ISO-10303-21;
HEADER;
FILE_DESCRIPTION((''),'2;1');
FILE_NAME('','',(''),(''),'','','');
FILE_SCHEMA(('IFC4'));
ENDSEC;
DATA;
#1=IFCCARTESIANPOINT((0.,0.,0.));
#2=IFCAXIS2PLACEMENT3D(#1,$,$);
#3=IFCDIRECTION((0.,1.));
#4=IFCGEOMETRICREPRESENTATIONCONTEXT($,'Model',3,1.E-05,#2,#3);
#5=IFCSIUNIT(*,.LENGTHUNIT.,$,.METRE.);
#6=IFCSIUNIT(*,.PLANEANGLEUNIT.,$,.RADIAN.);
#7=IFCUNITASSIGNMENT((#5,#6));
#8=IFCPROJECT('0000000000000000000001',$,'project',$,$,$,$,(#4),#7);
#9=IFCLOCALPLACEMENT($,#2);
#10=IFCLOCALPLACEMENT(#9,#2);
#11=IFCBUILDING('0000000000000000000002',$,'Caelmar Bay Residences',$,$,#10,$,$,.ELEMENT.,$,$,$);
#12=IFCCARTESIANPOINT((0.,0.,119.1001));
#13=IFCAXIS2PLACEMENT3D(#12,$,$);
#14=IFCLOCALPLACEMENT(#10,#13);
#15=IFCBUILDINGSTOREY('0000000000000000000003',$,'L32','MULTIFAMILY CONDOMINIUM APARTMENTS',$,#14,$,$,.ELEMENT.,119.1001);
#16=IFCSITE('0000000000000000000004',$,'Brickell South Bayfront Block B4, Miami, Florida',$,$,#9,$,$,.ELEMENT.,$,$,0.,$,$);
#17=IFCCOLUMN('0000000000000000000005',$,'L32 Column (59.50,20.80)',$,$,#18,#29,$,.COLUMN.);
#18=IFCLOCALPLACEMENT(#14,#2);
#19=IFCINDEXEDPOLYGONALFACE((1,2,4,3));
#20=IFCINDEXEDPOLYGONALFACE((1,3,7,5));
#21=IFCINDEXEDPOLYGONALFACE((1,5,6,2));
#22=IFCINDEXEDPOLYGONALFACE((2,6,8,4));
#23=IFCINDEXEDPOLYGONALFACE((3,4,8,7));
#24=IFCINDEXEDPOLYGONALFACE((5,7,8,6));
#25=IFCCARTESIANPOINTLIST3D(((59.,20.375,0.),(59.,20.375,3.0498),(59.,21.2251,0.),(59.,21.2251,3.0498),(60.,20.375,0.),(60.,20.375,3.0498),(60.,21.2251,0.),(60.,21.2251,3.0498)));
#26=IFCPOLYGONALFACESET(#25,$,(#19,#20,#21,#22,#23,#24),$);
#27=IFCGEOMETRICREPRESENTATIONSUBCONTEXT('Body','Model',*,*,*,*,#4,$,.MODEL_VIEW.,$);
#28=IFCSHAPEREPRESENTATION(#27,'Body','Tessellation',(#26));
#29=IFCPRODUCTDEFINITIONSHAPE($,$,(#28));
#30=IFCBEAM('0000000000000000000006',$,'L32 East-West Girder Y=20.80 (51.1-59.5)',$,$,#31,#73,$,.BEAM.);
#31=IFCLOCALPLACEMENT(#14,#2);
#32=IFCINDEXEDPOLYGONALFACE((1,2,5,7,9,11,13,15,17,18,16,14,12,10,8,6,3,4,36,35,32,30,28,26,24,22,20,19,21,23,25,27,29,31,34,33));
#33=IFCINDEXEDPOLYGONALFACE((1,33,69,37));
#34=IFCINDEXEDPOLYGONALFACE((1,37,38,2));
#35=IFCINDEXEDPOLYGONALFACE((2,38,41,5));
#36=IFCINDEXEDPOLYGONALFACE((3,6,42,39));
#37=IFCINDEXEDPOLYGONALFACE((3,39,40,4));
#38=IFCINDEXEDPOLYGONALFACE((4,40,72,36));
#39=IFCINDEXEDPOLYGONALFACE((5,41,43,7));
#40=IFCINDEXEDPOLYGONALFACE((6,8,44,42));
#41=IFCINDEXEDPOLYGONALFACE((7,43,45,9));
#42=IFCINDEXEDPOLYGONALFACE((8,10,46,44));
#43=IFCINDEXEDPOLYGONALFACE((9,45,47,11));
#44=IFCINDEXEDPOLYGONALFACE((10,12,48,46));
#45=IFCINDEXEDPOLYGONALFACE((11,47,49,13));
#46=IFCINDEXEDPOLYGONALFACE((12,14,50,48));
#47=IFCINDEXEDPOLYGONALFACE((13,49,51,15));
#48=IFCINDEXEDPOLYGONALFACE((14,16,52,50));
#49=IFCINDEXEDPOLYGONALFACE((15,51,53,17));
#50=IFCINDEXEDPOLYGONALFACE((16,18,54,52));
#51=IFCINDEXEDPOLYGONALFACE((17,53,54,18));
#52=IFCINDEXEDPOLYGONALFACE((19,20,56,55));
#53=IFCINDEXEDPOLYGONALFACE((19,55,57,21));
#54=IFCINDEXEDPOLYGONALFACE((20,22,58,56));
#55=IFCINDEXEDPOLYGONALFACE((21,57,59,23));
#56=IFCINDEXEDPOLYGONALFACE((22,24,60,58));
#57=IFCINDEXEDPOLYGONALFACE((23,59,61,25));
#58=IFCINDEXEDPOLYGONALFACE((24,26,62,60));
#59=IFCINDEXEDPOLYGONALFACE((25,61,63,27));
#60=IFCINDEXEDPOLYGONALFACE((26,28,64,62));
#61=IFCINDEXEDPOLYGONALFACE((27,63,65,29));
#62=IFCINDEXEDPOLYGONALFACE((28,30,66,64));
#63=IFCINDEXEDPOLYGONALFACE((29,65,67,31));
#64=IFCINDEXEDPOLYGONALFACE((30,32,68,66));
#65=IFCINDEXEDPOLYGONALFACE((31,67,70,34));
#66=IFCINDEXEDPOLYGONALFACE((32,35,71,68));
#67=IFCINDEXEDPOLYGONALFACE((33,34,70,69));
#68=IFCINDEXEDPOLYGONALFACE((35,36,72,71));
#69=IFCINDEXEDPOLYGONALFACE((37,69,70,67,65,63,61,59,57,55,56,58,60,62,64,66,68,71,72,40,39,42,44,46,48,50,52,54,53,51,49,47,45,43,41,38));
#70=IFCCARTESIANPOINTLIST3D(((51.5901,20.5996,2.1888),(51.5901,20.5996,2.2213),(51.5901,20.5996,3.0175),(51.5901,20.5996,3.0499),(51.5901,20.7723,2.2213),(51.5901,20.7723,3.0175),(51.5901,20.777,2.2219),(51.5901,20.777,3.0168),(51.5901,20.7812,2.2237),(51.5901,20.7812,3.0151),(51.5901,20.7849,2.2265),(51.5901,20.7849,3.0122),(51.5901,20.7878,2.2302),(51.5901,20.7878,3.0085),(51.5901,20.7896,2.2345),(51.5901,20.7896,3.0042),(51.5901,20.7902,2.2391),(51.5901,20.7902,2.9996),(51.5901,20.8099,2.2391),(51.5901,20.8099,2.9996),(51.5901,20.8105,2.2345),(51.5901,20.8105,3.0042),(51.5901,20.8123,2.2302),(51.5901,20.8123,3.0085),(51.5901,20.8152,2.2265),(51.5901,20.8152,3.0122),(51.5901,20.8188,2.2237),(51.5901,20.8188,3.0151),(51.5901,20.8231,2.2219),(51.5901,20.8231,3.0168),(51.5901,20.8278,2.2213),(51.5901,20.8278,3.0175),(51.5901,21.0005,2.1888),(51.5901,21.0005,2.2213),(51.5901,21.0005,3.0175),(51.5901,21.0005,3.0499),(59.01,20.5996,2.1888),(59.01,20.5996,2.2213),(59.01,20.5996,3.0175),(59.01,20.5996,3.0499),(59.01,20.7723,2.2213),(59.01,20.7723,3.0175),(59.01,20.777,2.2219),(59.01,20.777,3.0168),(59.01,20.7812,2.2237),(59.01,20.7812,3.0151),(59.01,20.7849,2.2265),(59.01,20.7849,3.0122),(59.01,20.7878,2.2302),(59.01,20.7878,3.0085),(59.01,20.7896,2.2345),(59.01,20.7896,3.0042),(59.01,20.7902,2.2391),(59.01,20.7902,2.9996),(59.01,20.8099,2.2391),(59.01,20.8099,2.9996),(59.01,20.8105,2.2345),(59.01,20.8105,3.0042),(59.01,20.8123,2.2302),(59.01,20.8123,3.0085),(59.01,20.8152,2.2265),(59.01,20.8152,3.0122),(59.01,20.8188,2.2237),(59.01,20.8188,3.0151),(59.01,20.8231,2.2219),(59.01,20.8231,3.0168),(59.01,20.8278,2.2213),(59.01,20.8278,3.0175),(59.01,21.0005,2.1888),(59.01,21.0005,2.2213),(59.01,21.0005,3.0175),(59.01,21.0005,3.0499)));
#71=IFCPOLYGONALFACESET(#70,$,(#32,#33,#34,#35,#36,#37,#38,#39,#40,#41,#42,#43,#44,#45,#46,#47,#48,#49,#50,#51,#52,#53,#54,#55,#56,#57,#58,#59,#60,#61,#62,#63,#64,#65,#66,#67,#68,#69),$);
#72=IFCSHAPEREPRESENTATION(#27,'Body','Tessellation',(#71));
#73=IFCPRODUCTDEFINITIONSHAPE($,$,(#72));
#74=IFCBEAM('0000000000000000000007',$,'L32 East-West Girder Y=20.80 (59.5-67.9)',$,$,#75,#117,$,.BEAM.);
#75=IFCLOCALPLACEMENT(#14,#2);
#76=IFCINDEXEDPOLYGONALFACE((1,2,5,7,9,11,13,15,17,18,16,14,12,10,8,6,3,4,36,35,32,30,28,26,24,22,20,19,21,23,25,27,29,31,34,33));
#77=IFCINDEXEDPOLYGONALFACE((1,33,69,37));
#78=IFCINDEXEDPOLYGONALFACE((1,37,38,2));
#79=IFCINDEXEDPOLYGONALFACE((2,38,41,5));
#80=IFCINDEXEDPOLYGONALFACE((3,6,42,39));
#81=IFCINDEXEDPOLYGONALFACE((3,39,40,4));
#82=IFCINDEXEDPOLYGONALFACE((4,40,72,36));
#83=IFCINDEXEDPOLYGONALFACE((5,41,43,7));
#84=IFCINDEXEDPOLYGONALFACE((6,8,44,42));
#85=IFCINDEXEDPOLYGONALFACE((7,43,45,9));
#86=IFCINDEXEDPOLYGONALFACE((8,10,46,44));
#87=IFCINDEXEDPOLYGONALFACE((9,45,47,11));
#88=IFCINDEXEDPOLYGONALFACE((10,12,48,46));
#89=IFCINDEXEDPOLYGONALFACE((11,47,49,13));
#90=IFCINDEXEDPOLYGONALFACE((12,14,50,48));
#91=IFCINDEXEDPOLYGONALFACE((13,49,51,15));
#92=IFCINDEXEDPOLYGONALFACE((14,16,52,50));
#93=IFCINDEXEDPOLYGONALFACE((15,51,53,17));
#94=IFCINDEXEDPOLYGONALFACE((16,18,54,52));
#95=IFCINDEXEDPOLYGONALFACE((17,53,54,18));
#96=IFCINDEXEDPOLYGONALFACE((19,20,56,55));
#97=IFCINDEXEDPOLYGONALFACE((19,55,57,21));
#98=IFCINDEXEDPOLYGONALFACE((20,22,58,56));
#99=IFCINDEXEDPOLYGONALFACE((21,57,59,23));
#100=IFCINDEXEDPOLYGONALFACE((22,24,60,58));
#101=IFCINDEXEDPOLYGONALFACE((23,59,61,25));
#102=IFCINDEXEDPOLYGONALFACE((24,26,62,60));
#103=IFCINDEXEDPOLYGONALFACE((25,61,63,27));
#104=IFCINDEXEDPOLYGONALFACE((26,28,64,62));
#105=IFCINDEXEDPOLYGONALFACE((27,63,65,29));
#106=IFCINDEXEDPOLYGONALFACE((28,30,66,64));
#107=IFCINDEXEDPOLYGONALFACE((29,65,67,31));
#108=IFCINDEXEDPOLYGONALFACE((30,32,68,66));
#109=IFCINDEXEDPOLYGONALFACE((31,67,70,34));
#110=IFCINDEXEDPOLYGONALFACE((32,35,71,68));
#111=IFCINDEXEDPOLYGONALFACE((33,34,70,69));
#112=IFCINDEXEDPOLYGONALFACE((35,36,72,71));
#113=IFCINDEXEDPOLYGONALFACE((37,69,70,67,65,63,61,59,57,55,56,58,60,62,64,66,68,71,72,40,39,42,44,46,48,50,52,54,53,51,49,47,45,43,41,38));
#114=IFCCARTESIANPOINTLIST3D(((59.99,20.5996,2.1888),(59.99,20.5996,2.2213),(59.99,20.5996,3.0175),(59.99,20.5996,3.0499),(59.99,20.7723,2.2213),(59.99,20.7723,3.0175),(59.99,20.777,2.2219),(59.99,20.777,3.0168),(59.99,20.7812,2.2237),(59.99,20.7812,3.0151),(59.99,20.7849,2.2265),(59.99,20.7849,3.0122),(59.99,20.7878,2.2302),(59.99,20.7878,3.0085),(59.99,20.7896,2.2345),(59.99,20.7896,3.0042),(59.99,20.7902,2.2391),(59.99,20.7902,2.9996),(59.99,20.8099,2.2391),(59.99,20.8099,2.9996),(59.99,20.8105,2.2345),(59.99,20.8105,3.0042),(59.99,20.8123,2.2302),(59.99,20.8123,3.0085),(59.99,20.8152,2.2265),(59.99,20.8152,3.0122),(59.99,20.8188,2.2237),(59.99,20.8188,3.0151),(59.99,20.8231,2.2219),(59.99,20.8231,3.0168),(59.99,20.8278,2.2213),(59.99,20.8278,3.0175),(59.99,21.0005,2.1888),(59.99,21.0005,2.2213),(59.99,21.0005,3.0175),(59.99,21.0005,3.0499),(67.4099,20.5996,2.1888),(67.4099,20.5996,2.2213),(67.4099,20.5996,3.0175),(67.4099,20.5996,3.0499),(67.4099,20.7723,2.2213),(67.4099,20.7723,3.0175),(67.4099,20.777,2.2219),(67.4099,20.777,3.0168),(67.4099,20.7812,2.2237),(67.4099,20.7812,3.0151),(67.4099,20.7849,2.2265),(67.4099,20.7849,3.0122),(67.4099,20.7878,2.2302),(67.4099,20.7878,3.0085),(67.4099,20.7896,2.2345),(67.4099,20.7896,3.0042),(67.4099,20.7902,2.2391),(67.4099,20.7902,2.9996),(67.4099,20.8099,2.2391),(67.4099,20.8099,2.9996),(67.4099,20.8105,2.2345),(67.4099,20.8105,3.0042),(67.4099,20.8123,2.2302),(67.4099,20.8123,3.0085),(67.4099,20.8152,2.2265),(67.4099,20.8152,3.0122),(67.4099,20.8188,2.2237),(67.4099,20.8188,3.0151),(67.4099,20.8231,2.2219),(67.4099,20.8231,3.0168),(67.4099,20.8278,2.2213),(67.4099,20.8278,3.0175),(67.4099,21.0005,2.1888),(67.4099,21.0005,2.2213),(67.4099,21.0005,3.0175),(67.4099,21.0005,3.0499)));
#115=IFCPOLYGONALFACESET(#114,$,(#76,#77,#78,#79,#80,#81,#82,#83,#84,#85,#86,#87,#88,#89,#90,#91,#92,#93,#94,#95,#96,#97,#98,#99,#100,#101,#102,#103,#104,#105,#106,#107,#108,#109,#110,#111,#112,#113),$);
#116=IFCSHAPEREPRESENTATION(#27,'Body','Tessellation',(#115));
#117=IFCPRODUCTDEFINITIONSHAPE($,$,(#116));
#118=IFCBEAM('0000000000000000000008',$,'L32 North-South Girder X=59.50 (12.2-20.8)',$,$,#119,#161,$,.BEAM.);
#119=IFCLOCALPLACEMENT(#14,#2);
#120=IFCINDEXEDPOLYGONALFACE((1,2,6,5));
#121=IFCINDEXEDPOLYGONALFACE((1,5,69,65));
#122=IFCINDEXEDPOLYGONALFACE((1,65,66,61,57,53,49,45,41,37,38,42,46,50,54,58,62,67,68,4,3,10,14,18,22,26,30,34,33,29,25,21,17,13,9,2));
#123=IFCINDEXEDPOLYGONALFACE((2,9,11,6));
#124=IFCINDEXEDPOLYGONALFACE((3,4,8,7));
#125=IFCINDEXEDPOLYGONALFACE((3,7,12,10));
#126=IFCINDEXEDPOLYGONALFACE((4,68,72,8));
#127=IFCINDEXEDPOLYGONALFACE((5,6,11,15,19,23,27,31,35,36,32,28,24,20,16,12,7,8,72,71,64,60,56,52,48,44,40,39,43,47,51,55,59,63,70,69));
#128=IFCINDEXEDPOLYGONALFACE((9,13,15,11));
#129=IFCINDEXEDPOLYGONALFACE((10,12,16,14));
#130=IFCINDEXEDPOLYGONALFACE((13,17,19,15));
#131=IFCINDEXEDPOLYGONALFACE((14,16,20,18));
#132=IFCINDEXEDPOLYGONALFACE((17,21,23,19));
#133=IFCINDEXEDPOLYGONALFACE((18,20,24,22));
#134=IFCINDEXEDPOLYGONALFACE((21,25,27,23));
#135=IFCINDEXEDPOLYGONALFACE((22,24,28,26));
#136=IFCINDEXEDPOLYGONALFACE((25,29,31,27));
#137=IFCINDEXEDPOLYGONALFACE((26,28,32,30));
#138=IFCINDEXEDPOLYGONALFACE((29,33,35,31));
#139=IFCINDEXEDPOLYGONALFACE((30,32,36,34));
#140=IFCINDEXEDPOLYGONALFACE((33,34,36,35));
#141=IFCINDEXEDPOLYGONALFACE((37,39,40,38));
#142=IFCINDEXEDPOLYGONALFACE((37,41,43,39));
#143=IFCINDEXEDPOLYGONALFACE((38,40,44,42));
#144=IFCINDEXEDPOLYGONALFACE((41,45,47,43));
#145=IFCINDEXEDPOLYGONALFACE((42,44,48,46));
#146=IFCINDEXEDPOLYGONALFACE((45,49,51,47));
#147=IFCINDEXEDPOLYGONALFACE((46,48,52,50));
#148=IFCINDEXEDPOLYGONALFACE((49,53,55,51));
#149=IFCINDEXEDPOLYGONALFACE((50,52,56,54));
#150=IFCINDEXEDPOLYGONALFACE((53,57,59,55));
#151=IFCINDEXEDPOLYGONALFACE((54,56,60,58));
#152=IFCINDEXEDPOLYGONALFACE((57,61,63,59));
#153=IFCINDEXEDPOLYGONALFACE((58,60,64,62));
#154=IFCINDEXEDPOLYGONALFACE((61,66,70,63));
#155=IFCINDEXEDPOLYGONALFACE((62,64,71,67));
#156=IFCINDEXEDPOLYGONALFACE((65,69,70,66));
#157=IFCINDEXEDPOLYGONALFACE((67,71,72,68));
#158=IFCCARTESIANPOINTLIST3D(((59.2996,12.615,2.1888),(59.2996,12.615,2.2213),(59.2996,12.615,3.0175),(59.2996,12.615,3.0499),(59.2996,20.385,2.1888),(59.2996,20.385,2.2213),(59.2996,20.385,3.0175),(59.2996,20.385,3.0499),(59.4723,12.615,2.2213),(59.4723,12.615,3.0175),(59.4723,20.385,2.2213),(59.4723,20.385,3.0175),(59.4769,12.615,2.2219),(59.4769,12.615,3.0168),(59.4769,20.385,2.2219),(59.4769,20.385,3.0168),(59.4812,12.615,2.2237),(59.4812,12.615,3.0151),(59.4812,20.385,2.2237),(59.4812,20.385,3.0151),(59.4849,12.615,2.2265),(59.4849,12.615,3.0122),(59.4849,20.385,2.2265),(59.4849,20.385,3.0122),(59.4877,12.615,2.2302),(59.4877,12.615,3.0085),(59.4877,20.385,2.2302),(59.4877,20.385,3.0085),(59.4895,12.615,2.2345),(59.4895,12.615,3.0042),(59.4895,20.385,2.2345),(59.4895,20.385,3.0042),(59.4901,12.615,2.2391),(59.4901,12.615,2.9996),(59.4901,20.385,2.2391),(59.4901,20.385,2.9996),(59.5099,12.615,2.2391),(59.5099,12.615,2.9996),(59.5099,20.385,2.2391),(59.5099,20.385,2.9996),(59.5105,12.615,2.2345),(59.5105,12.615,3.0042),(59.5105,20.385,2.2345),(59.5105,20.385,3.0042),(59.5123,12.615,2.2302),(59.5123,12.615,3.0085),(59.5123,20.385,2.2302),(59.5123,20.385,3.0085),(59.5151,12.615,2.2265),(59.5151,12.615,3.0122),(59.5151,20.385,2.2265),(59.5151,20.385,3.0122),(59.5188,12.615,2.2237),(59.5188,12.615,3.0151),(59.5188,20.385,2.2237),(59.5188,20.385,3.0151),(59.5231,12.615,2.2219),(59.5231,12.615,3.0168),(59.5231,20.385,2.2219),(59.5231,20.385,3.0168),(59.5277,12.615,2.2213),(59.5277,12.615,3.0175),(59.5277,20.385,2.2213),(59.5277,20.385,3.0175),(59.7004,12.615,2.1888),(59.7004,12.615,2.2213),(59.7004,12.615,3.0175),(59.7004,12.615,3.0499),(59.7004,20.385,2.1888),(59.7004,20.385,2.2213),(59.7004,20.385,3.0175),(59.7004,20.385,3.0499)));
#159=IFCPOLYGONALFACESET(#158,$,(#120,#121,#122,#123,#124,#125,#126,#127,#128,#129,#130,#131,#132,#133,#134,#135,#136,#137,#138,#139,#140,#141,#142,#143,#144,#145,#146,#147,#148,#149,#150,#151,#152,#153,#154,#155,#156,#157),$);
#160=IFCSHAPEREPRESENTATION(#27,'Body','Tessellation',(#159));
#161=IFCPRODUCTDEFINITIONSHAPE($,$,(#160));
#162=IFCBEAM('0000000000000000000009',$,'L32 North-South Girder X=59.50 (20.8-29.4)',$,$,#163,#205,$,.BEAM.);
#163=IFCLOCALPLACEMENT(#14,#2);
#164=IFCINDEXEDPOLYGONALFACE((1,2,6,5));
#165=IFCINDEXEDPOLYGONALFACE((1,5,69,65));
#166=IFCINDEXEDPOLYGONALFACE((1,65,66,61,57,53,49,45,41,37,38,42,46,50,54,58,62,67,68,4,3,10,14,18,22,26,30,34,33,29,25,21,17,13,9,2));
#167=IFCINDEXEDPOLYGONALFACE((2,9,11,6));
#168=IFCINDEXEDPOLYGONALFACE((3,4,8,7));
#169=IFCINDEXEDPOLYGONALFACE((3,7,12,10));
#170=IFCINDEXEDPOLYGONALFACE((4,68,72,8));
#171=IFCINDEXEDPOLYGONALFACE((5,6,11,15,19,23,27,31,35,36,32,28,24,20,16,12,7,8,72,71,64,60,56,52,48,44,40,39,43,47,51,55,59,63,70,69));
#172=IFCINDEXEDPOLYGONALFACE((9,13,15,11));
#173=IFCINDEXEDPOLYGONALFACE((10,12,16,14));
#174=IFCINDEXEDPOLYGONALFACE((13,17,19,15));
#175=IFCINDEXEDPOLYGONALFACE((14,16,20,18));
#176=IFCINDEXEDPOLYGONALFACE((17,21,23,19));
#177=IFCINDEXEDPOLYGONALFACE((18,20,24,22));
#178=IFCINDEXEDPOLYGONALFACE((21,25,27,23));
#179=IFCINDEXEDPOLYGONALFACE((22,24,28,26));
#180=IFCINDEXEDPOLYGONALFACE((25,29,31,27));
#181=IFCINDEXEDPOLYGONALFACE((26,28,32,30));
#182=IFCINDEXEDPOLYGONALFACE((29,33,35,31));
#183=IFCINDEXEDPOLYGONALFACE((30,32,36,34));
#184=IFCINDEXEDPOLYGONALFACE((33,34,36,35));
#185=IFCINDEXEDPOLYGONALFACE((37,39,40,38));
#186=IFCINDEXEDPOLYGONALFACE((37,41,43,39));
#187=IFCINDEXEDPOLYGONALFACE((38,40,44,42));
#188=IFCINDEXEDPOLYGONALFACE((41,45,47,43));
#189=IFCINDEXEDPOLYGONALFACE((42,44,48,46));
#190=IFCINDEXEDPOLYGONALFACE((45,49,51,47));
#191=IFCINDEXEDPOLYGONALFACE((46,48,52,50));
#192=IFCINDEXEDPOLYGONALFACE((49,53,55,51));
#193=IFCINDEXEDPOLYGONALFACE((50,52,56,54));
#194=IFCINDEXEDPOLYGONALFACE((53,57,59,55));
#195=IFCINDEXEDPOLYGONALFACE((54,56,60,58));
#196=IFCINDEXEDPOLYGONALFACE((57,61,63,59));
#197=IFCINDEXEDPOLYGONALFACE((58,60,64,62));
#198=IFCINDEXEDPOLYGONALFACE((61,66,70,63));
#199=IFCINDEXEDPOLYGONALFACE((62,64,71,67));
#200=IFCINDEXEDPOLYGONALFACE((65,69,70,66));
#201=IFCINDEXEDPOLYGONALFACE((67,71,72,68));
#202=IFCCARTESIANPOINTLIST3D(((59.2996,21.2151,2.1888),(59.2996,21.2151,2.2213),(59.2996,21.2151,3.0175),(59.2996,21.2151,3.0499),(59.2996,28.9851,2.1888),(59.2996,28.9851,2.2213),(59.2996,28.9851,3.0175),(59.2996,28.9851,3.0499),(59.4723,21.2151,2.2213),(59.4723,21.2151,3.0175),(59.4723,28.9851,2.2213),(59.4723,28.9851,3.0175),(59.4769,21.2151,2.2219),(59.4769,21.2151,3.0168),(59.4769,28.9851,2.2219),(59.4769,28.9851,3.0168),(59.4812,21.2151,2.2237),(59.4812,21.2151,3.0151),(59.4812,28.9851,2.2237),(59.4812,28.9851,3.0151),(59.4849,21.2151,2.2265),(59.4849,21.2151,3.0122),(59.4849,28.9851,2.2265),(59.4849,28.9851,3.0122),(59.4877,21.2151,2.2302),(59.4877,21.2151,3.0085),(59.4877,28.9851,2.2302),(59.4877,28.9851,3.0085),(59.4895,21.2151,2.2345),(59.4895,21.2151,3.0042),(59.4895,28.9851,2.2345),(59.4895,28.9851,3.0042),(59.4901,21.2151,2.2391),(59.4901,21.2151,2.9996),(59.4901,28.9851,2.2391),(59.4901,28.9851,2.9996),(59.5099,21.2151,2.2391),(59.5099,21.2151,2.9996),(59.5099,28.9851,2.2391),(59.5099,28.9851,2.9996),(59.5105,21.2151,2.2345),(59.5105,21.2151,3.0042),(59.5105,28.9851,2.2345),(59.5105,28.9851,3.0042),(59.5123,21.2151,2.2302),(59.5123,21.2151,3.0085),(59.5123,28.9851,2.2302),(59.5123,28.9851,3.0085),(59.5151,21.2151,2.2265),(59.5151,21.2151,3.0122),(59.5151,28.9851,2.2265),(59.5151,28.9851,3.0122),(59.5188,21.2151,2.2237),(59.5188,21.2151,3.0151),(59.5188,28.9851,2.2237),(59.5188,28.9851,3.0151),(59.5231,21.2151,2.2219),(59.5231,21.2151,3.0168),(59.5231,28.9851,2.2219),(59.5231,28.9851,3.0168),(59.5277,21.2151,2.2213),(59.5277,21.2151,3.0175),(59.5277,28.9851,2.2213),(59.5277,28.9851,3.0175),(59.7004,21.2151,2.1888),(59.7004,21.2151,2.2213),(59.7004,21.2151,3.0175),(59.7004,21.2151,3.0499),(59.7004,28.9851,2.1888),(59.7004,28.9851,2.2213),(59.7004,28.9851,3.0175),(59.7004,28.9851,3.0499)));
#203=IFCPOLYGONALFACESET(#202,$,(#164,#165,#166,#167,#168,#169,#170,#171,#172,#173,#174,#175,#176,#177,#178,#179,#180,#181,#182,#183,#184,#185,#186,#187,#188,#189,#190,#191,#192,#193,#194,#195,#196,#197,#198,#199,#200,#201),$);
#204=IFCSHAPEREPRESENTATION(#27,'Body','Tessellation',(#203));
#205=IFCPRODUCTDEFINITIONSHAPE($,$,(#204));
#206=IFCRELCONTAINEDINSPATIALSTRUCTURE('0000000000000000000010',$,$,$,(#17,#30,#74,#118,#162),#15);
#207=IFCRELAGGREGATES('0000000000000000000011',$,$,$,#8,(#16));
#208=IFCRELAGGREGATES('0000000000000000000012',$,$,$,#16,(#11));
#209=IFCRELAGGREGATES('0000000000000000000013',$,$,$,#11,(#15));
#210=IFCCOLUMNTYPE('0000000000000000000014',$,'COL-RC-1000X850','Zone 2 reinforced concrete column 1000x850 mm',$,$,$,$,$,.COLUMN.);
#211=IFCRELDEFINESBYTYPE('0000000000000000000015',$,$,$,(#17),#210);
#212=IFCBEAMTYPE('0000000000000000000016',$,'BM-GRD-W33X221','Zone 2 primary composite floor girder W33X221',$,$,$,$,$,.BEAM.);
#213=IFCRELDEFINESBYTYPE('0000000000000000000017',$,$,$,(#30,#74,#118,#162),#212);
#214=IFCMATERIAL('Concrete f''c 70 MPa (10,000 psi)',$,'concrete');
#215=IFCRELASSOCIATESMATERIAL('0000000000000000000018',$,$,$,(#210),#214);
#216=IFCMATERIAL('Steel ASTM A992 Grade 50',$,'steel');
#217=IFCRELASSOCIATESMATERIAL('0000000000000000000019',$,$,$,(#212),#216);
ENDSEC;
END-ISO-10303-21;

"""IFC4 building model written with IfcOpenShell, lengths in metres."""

from ifc_helpers import new_model, si_unit, direction, frame, origin, origin_2d, place, context, subcontext, project, spatial, rectangle, i_section, extrude, material, material_profile, profile_set, type_object, element, save


model = new_model("IFC4")

# Units and contexts
model_context = context("Model", 3, precision=1e-05, world=origin(), true_north=direction((0.0, 1.0)))
body_context = subcontext(model_context, "Body", "Model", "MODEL_VIEW")
ifc_project = project(units=[si_unit("LENGTHUNIT", "METRE"), si_unit("PLANEANGLEUNIT", "RADIAN")], contexts=[model_context])

# Site, building, storey
site_placement = place(None, origin())
site = spatial("IfcSite", under=ifc_project, at=site_placement, Name="Brickell South Bayfront Block B4, Miami, Florida", CompositionType="ELEMENT", RefElevation=0.0)
building_placement = place(site_placement, origin())
building = spatial("IfcBuilding", under=site, at=building_placement, Name="Caelmar Bay Residences", CompositionType="ELEMENT")
storey_placement = place(building_placement, frame((0.0, 0.0, 119.1001)))
storey = spatial("IfcBuildingStorey", under=building, at=storey_placement, Name="L32", Description="MULTIFAMILY CONDOMINIUM APARTMENTS", CompositionType="ELEMENT", Elevation=119.1001)

# Column
ifc_material_1 = material(Name="Concrete f'c 70 MPa (10,000 psi)", Category="concrete")
ifc_material_profile_1 = material_profile(ifc_material_1, rectangle(XDim=1.0, YDim=0.8501, at=origin_2d()), Name="RC-COL-1000X850")
ifc_profile_set_1 = profile_set([ifc_material_profile_1], Name="Concrete f'c 70 MPa (10,000 psi)")
column_type = type_object("IfcColumnType", Name="COL-RC-1000X850", Description="Zone 2 reinforced concrete column 1000x850 mm", PredefinedType="COLUMN", material=ifc_profile_set_1)
column_placement = place(storey_placement, frame((59.5, 20.8, 0.0), z_axis=(0.0, 0.0, 1.0), x_axis=(1.0, 0.0, 0.0)))
element("IfcColumn", 1, at=column_placement, inside=storey, type_object=column_type, Name="L32 Column (59.50,20.80)", PredefinedType="COLUMN", context=body_context, shape_type="SweptSolid", body=[
    extrude(rectangle(XDim=1.0, YDim=0.8501, at=origin_2d()), origin(), (0.0, 0.0, 1.0), 3.0498),
])

# Beams
ifc_material_2 = material(Name="Steel ASTM A992 Grade 50", Category="steel")
ifc_material_profile_2 = material_profile(ifc_material_2, i_section(OverallWidth=0.4009, OverallDepth=0.8611, WebThickness=0.0198, FlangeThickness=0.0325, FilletRadius=0.0178, at=origin_2d()), Name="W33X221")
ifc_profile_set_2 = profile_set([ifc_material_profile_2], Name="Steel ASTM A992 Grade 50")
beam_type_1 = type_object("IfcBeamType", Name="BM-GRD-W33X221", Description="Zone 2 primary composite floor girder W33X221", PredefinedType="BEAM", material=ifc_profile_set_2)
for number, where, z_axis, x_axis, name in (
    (2, (51.5901, 20.8, 2.6194), (1.0, 0.0, 0.0), (0.0, 1.0, 0.0), "L32 East-West Girder Y=20.80 (51.1-59.5)"),
    (3, (59.99, 20.8, 2.6194), (1.0, 0.0, 0.0), (0.0, 1.0, 0.0), "L32 East-West Girder Y=20.80 (59.5-67.9)"),
):
    element("IfcBeam", number, at=place(storey_placement, frame(where, z_axis=z_axis, x_axis=x_axis)), inside=storey, type_object=beam_type_1, Name=name, PredefinedType="BEAM", context=body_context, shape_type="SweptSolid", body=[
        extrude(i_section(OverallWidth=0.4009, OverallDepth=0.8611, WebThickness=0.0198, FlangeThickness=0.0325, FilletRadius=0.0178, at=origin_2d()), origin(), (0.0, 0.0, 1.0), 7.4199),
    ])
for number, where, z_axis, x_axis, name in (
    (4, (59.5, 12.615, 2.6194), (0.0, 1.0, 0.0), (-1.0, 0.0, 0.0), "L32 North-South Girder X=59.50 (12.2-20.8)"),
    (5, (59.5, 21.2151, 2.6194), (0.0, 1.0, 0.0), (-1.0, 0.0, 0.0), "L32 North-South Girder X=59.50 (20.8-29.4)"),
):
    element("IfcBeam", number, at=place(storey_placement, frame(where, z_axis=z_axis, x_axis=x_axis)), inside=storey, type_object=beam_type_1, Name=name, PredefinedType="BEAM", context=body_context, shape_type="SweptSolid", body=[
        extrude(i_section(OverallWidth=0.4009, OverallDepth=0.8611, WebThickness=0.0198, FlangeThickness=0.0325, FilletRadius=0.0178, at=origin_2d()), origin(), (0.0, 0.0, 1.0), 7.77),
    ])

save(model, "model.ifc")
